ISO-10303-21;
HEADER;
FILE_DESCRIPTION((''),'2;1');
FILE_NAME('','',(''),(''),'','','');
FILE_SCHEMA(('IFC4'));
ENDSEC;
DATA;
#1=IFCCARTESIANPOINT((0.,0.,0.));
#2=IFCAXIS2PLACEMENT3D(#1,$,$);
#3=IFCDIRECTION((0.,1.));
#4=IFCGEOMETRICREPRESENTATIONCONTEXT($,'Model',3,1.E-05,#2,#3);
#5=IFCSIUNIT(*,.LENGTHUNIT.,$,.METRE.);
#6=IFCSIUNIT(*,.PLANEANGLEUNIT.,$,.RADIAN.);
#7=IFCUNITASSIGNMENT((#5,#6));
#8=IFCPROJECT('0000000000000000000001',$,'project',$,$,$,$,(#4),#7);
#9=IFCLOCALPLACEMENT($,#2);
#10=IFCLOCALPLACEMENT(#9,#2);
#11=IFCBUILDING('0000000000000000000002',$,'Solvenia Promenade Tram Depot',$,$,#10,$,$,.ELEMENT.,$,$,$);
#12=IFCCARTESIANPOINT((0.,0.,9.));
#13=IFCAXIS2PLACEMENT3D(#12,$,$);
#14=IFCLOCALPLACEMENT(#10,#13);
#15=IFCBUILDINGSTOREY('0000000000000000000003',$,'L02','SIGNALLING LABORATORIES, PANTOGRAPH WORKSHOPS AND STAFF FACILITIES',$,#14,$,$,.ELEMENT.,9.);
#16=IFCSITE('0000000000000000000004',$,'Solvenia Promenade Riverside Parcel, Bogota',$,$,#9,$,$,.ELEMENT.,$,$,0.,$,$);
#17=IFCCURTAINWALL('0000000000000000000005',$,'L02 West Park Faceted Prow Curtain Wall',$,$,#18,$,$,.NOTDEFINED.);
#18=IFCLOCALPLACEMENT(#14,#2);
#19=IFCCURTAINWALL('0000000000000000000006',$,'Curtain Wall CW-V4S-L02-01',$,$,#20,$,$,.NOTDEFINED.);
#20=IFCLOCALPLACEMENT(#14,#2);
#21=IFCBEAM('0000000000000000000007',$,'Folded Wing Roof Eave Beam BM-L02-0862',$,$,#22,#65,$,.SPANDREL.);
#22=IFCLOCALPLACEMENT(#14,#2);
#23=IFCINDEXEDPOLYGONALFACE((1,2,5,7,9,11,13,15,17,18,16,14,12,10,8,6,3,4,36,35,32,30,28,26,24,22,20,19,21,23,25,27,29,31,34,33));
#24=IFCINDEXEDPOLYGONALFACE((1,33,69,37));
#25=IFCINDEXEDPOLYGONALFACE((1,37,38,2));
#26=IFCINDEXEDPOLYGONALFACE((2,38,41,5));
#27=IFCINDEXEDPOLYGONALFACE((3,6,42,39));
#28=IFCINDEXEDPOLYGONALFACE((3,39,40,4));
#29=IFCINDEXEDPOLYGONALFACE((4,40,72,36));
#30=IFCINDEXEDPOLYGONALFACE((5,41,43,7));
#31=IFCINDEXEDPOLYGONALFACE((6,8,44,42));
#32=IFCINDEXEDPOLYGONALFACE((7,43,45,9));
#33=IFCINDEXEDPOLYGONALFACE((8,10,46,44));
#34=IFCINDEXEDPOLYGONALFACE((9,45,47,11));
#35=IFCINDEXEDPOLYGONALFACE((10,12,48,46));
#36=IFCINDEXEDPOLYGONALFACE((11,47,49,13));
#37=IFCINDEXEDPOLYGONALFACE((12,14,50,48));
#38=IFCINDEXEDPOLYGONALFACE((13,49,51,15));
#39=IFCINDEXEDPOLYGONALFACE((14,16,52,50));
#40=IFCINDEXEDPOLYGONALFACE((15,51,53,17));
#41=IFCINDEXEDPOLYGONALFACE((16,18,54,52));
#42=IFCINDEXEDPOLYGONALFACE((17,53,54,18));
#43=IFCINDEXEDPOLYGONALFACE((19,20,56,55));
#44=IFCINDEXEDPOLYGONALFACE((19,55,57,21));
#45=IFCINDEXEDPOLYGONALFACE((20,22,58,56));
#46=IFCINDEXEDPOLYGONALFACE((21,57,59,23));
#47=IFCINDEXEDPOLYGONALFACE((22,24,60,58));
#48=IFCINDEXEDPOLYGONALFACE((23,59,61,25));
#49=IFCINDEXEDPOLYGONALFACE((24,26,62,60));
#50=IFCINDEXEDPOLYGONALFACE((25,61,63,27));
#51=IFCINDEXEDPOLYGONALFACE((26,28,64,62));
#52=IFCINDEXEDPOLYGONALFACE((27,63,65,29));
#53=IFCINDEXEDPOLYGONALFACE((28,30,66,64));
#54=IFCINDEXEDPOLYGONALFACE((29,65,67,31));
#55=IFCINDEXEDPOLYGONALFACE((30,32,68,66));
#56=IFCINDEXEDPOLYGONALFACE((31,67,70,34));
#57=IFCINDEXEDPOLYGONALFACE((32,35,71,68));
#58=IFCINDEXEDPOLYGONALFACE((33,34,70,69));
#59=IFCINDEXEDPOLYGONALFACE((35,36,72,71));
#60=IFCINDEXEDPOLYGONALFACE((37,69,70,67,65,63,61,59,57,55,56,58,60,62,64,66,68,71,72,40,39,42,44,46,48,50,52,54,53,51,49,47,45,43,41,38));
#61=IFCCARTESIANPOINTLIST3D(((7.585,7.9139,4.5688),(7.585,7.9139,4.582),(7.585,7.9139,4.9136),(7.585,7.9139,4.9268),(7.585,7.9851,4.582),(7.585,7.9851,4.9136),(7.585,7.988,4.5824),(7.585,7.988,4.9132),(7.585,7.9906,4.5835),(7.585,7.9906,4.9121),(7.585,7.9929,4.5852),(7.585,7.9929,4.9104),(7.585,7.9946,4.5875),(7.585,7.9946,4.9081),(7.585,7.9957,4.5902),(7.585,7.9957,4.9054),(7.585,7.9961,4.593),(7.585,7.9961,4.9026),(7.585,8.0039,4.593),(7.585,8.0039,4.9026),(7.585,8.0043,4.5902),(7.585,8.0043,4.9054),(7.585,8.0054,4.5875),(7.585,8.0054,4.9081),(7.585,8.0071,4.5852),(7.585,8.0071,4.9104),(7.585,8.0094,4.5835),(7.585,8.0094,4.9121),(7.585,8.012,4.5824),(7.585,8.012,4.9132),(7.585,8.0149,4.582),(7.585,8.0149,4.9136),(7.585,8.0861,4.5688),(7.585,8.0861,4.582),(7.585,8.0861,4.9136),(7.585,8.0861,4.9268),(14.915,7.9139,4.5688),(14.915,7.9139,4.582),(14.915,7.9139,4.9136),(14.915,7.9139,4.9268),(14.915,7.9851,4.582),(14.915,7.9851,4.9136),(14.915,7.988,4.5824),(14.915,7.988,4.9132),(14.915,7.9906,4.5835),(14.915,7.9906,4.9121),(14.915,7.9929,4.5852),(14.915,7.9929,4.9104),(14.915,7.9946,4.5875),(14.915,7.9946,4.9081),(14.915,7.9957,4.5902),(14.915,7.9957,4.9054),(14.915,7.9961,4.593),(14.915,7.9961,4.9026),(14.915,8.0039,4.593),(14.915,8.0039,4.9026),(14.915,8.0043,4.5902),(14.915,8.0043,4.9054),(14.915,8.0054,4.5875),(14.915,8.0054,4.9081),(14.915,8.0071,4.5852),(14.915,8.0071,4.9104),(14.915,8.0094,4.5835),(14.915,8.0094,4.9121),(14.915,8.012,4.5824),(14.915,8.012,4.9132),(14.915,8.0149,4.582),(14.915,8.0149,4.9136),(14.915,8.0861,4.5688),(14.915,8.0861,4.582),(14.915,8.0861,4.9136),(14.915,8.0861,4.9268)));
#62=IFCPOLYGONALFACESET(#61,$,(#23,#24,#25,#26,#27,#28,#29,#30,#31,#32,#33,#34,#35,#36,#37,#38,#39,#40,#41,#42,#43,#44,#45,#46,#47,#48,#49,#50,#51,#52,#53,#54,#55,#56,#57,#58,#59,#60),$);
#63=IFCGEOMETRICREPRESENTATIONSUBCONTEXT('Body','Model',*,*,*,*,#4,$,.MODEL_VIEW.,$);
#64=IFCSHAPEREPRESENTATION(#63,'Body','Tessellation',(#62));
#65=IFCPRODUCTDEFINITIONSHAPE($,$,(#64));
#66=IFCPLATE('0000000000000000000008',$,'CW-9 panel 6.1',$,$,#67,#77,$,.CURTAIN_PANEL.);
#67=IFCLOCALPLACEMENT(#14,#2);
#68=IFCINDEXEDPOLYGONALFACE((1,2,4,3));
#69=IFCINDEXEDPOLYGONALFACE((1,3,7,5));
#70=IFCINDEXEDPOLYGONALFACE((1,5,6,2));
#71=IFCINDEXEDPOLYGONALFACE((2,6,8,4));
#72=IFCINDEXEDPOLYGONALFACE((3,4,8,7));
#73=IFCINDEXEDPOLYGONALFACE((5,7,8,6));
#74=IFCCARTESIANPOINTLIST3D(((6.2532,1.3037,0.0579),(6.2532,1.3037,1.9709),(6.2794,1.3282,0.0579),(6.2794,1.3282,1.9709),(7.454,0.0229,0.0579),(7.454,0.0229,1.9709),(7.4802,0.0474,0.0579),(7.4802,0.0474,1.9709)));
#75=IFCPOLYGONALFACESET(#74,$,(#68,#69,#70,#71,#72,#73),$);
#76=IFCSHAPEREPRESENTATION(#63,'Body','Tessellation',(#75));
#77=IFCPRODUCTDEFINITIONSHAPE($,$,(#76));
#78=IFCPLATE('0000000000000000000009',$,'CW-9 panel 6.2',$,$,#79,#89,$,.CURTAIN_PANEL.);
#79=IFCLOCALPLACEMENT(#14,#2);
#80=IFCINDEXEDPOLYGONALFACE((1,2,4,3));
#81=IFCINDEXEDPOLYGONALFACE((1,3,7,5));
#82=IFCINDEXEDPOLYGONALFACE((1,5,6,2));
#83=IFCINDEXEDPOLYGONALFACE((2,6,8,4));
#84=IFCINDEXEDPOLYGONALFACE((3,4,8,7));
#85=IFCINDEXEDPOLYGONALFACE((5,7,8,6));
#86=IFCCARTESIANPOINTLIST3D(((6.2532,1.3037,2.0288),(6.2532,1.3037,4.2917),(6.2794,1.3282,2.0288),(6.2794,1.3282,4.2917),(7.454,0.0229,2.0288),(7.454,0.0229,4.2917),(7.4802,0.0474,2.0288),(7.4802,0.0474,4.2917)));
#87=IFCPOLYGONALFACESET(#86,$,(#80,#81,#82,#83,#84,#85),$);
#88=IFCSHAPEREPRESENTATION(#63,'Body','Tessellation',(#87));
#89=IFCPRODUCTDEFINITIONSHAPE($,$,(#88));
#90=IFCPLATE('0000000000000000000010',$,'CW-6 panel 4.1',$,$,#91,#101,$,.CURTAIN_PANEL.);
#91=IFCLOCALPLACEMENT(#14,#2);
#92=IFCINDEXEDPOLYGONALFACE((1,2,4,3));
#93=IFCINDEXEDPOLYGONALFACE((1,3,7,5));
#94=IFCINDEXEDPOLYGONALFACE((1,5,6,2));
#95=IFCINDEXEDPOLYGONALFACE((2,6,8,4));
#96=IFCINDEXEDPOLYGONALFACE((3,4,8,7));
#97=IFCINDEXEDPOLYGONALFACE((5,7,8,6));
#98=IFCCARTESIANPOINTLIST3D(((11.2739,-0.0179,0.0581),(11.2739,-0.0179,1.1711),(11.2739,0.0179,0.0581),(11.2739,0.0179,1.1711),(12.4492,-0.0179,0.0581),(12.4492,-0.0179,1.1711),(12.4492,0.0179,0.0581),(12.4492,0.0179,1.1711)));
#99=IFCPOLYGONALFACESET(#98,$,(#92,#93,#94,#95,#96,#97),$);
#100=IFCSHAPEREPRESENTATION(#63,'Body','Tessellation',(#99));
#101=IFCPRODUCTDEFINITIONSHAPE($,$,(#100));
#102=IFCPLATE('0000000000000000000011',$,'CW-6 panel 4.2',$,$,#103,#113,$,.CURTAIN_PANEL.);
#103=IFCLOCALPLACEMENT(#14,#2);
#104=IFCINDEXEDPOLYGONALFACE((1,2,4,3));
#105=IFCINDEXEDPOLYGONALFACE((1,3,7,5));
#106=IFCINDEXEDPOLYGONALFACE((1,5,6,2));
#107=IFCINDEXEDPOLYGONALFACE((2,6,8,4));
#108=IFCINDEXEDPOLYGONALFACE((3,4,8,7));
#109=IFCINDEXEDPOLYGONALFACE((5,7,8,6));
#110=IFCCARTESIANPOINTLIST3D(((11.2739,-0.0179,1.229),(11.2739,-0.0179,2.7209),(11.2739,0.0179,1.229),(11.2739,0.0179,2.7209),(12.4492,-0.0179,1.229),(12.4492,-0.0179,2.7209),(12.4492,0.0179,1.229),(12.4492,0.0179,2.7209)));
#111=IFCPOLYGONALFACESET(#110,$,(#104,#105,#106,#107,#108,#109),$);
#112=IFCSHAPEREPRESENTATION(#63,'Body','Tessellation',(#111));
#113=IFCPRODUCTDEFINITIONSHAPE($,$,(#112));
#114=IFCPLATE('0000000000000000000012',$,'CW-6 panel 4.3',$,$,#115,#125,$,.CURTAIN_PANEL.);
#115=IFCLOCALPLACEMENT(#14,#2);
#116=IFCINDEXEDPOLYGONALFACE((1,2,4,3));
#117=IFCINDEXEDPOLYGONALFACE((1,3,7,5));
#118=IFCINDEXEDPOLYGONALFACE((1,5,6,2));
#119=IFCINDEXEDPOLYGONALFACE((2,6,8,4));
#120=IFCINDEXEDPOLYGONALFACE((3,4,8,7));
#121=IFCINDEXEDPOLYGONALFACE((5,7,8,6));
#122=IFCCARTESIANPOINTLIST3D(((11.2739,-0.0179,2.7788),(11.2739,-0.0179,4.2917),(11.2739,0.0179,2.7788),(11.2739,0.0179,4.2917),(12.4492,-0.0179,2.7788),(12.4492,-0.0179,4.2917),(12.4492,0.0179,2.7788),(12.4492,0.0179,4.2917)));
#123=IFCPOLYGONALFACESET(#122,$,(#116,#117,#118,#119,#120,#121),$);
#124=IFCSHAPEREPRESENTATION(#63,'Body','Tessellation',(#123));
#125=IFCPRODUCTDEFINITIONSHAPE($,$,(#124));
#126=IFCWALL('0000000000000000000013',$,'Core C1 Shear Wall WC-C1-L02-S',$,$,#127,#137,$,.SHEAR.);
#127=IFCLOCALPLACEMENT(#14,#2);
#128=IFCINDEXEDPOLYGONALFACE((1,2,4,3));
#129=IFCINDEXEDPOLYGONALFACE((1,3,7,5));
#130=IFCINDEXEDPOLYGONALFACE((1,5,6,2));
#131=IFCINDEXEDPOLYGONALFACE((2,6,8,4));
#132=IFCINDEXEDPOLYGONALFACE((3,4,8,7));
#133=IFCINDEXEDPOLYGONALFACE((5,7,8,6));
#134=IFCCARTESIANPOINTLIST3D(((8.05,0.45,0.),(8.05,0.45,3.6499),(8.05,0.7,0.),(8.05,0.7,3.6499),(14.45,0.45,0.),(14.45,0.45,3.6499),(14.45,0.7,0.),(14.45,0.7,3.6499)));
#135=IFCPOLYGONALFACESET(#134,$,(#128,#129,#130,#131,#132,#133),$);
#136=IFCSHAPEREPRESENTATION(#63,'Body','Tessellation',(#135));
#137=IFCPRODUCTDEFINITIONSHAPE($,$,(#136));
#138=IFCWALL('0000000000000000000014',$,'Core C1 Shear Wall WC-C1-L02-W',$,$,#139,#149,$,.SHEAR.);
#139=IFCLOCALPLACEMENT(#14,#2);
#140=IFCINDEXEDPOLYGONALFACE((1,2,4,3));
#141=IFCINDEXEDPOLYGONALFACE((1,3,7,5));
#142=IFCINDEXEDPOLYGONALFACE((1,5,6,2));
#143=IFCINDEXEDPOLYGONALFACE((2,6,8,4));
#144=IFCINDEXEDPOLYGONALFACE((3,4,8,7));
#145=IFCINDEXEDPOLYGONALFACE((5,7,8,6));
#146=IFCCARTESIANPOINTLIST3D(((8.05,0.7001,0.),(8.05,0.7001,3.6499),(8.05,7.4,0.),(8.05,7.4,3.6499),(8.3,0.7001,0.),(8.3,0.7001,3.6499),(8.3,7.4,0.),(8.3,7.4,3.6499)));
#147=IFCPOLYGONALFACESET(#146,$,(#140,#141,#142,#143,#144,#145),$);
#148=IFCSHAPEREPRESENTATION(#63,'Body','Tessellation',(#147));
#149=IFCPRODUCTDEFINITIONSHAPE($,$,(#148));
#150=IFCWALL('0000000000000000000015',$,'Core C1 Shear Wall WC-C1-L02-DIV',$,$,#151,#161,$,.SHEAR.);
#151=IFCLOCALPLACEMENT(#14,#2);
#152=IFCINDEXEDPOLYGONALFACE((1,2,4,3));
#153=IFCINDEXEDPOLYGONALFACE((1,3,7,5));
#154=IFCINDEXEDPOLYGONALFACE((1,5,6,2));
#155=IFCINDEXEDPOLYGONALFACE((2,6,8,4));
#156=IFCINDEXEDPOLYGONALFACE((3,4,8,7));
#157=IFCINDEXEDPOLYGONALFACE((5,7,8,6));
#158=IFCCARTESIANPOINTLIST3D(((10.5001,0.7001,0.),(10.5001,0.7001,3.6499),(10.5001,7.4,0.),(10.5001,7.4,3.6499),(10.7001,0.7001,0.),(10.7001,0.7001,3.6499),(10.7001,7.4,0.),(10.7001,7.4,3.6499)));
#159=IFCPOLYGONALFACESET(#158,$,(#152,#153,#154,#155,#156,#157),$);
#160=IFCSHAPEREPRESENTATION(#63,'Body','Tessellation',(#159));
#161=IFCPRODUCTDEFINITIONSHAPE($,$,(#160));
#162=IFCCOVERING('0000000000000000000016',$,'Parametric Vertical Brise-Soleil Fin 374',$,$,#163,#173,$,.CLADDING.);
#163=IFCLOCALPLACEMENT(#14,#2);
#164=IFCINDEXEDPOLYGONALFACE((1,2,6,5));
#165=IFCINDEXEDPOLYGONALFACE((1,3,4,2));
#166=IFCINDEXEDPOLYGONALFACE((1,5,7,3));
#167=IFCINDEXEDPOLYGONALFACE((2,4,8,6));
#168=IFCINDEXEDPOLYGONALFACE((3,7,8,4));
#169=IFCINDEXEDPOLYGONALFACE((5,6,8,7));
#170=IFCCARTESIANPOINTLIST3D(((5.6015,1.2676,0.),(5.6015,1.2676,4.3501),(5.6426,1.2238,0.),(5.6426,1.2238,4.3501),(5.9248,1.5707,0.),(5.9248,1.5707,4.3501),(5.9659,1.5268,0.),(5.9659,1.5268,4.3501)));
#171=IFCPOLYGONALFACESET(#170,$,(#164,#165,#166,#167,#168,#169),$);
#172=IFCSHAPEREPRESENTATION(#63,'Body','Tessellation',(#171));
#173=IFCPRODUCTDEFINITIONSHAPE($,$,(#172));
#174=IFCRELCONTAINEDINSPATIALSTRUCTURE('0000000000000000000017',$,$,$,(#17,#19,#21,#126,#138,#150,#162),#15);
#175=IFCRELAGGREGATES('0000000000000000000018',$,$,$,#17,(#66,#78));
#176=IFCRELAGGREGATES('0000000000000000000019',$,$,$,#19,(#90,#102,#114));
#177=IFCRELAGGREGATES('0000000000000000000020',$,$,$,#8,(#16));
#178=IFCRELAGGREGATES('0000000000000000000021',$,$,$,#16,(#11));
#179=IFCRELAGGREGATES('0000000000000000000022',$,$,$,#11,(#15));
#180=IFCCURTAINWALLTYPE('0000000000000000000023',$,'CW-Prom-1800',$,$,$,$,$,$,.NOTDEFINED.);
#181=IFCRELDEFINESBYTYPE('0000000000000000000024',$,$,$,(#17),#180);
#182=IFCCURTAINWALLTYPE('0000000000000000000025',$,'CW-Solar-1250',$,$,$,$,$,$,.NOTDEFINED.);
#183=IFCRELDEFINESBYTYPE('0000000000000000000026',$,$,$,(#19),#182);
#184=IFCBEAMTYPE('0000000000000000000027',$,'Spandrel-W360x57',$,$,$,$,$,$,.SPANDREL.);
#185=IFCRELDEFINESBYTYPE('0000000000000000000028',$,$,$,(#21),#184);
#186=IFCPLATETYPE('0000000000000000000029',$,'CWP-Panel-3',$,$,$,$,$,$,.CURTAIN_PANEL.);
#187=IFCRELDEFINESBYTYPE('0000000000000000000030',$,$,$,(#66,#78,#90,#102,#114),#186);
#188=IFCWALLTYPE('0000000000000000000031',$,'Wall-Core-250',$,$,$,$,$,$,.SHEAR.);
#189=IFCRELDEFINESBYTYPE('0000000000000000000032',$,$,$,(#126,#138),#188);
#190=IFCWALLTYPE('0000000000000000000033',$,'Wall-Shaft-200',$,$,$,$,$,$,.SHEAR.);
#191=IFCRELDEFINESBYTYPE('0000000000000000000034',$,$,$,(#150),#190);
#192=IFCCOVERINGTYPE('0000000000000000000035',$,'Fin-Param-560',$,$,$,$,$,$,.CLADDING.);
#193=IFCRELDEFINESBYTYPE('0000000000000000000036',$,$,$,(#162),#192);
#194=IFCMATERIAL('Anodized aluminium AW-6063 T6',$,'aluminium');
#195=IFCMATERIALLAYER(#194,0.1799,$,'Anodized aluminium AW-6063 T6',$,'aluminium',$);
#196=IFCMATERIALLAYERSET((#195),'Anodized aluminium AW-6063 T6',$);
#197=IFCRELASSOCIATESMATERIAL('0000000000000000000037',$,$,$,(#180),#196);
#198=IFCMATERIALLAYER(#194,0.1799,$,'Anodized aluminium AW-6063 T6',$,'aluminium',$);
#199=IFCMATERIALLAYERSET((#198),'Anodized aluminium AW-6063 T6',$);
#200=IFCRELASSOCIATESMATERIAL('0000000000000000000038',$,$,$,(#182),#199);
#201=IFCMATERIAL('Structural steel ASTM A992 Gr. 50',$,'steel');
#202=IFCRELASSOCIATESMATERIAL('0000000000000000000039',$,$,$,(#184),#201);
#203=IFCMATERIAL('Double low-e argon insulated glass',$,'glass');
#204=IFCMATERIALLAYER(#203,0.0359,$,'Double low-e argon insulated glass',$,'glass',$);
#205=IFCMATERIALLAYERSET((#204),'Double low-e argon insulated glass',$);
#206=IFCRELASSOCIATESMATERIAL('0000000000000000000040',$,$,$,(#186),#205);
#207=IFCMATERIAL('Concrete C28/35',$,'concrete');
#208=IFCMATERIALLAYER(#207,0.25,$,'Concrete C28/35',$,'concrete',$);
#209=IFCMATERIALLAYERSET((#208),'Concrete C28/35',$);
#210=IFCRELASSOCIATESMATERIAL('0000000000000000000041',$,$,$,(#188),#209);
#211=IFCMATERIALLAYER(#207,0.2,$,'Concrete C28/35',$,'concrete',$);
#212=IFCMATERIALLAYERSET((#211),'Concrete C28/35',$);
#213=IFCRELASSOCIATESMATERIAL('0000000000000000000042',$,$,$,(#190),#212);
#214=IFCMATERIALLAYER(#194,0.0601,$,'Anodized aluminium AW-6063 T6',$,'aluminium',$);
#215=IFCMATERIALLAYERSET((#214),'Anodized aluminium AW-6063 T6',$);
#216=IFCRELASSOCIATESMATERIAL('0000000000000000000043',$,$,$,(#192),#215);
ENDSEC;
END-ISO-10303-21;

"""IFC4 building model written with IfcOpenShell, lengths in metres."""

from ifc_helpers import new_model, si_unit, direction, frame, frame_2d, origin, origin_2d, place, context, subcontext, project, spatial, rectangle, i_section, extrude, material, layer, layer_set, material_profile, profile_set, type_object, element, aggregate, save


model = new_model("IFC4")

# Units and contexts
model_context = context("Model", 3, precision=1e-05, world=origin(), true_north=direction((0.0, 1.0)))
body_context = subcontext(model_context, "Body", "Model", "MODEL_VIEW")
ifc_project = project(units=[si_unit("LENGTHUNIT", "METRE"), si_unit("PLANEANGLEUNIT", "RADIAN")], contexts=[model_context])

# Site, building, storey
site_placement = place(None, origin())
site = spatial("IfcSite", under=ifc_project, at=site_placement, Name="Solvenia Promenade Riverside Parcel, Bogota", CompositionType="ELEMENT", RefElevation=0.0)
building_placement = place(site_placement, origin())
building = spatial("IfcBuilding", under=site, at=building_placement, Name="Solvenia Promenade Tram Depot", CompositionType="ELEMENT")
storey_placement = place(building_placement, frame((0.0, 0.0, 9.0)))
storey = spatial("IfcBuildingStorey", under=building, at=storey_placement, Name="L02", Description="SIGNALLING LABORATORIES, PANTOGRAPH WORKSHOPS AND STAFF FACILITIES", CompositionType="ELEMENT", Elevation=9.0)

# Shared definitions
ifc_material_1 = material(Name="Structural steel ASTM A992 Gr. 50", Category="steel")

# Curtain walls
ifc_material_2 = material(Name="Anodized aluminium AW-6063 T6", Category="aluminium")
ifc_layer_1 = layer(ifc_material_2, 0.1799, Name="Anodized aluminium AW-6063 T6", Category="aluminium")
ifc_layer_set_1 = layer_set([ifc_layer_1], Name="Anodized aluminium AW-6063 T6")
curtain_wall_type_1 = type_object("IfcCurtainWallType", Name="CW-Prom-1800", PredefinedType="NOTDEFINED", material=ifc_layer_set_1)
curtain_wall_1_placement = place(storey_placement, origin())
curtain_wall_1 = element("IfcCurtainWall", 1, at=curtain_wall_1_placement, inside=storey, type_object=curtain_wall_type_1, Name="L02 West Park Faceted Prow Curtain Wall", PredefinedType="NOTDEFINED")
ifc_layer_2 = layer(ifc_material_2, 0.1799, Name="Anodized aluminium AW-6063 T6", Category="aluminium")
ifc_layer_set_2 = layer_set([ifc_layer_2], Name="Anodized aluminium AW-6063 T6")
curtain_wall_type_2 = type_object("IfcCurtainWallType", Name="CW-Solar-1250", PredefinedType="NOTDEFINED", material=ifc_layer_set_2)
curtain_wall_2_placement = place(storey_placement, origin())
curtain_wall_2 = element("IfcCurtainWall", 2, at=curtain_wall_2_placement, inside=storey, type_object=curtain_wall_type_2, Name="Curtain Wall CW-V4S-L02-01", PredefinedType="NOTDEFINED")

# Beam
ifc_material_profile_1 = material_profile(ifc_material_1, i_section(OverallWidth=0.1721, OverallDepth=0.3579, WebThickness=0.0078, FlangeThickness=0.0132, FilletRadius=0.011, at=origin_2d()), Name="W360x57", Category="steel")
ifc_profile_set_1 = profile_set([ifc_material_profile_1], Name="Structural steel ASTM A992 Gr. 50")
beam_type_1 = type_object("IfcBeamType", Name="Spandrel-W360x57", PredefinedType="SPANDREL", material=ifc_profile_set_1)
beam_1_placement = place(storey_placement, frame((7.585, 8.0, 4.7478), z_axis=(1.0, 0.0, 0.0), x_axis=(0.0, 1.0, 0.0)))
element("IfcBeam", 3, at=beam_1_placement, inside=storey, type_object=beam_type_1, Name="Folded Wing Roof Eave Beam BM-L02-0862", PredefinedType="SPANDREL", context=body_context, shape_type="SweptSolid", body=[
    extrude(i_section(OverallWidth=0.1721, OverallDepth=0.3579, WebThickness=0.0078, FlangeThickness=0.0132, FilletRadius=0.011, at=origin_2d()), origin(), (0.0, 0.0, 1.0), 7.3301),
])

# Plates
ifc_material_3 = material(Name="Double low-e argon insulated glass", Category="glass")
ifc_layer_3 = layer(ifc_material_3, 0.0359, Name="Double low-e argon insulated glass", Category="glass")
ifc_layer_set_3 = layer_set([ifc_layer_3], Name="Double low-e argon insulated glass")
plate_type = type_object("IfcPlateType", Name="CWP-Panel-3", PredefinedType="CURTAIN_PANEL", material=ifc_layer_set_3)
plate_1_placement = place(storey_placement, frame((6.8667, 0.6755, 0.0579), z_axis=(0.0, 0.0, 1.0), x_axis=(0.683941, -0.729537, 0.0)))
plate_1 = element("IfcPlate", 4, at=plate_1_placement, type_object=plate_type, Name="CW-9 panel 6.1", PredefinedType="CURTAIN_PANEL", context=body_context, shape_type="SweptSolid", body=[
    extrude(rectangle(XDim=1.7556, YDim=0.0359, at=origin_2d()), origin(), (0.0, 0.0, 1.0), 1.9131),
])
plate_2_placement = place(storey_placement, frame((6.8667, 0.6755, 2.0288), z_axis=(0.0, 0.0, 1.0), x_axis=(0.683941, -0.729537, 0.0)))
plate_2 = element("IfcPlate", 5, at=plate_2_placement, type_object=plate_type, Name="CW-9 panel 6.2", PredefinedType="CURTAIN_PANEL", context=body_context, shape_type="SweptSolid", body=[
    extrude(rectangle(XDim=1.7556, YDim=0.0359, at=origin_2d()), origin(), (0.0, 0.0, 1.0), 2.2629),
])
aggregate(curtain_wall_1, [plate_1, plate_2])
plate_3_placement = place(storey_placement, frame((11.8616, 0.0, 0.0581), z_axis=(0.0, 0.0, 1.0), x_axis=(1.0, 0.0, 0.0)))
plate_3 = element("IfcPlate", 6, at=plate_3_placement, type_object=plate_type, Name="CW-6 panel 4.1", PredefinedType="CURTAIN_PANEL", context=body_context, shape_type="SweptSolid", body=[
    extrude(rectangle(XDim=1.1753, YDim=0.0359, at=origin_2d()), origin(), (0.0, 0.0, 1.0), 1.113),
])
plate_4_placement = place(storey_placement, frame((11.8616, 0.0, 1.229), z_axis=(0.0, 0.0, 1.0), x_axis=(1.0, 0.0, 0.0)))
plate_4 = element("IfcPlate", 7, at=plate_4_placement, type_object=plate_type, Name="CW-6 panel 4.2", PredefinedType="CURTAIN_PANEL", context=body_context, shape_type="SweptSolid", body=[
    extrude(rectangle(XDim=1.1753, YDim=0.0359, at=origin_2d()), origin(), (0.0, 0.0, 1.0), 1.4919),
])
plate_5_placement = place(storey_placement, frame((11.8616, 0.0, 2.7788), z_axis=(0.0, 0.0, 1.0), x_axis=(1.0, 0.0, 0.0)))
plate_5 = element("IfcPlate", 8, at=plate_5_placement, type_object=plate_type, Name="CW-6 panel 4.3", PredefinedType="CURTAIN_PANEL", context=body_context, shape_type="SweptSolid", body=[
    extrude(rectangle(XDim=1.1753, YDim=0.0359, at=origin_2d()), origin(), (0.0, 0.0, 1.0), 1.5129),
])
aggregate(curtain_wall_2, [plate_3, plate_4, plate_5])

# Wall
ifc_material_4 = material(Name="Concrete C28/35", Category="concrete")
ifc_layer_4 = layer(ifc_material_4, 0.25, Name="Concrete C28/35", Category="concrete")
ifc_layer_set_4 = layer_set([ifc_layer_4], Name="Concrete C28/35")
wall_type_1 = type_object("IfcWallType", Name="Wall-Core-250", PredefinedType="SHEAR", material=ifc_layer_set_4)
wall_1_placement = place(storey_placement, frame((8.05, 0.575, 0.0), z_axis=(0.0, 0.0, 1.0), x_axis=(1.0, 0.0, 0.0)))
element("IfcWall", 9, at=wall_1_placement, inside=storey, type_object=wall_type_1, Name="Core C1 Shear Wall WC-C1-L02-S", PredefinedType="SHEAR", context=body_context, shape_type="SweptSolid", body=[
    extrude(rectangle(XDim=6.3999, YDim=0.25, at=frame_2d((3.2, 0.0))), origin(), (0.0, 0.0, 1.0), 3.6499),
])

# Walls
wall_2_placement = place(storey_placement, frame((8.175, 0.7, 0.0), z_axis=(0.0, 0.0, 1.0), x_axis=(0.0, 1.0, 0.0)))
element("IfcWall", 10, at=wall_2_placement, inside=storey, type_object=wall_type_1, Name="Core C1 Shear Wall WC-C1-L02-W", PredefinedType="SHEAR", context=body_context, shape_type="SweptSolid", body=[
    extrude(rectangle(XDim=6.7, YDim=0.25, at=frame_2d((3.3501, 0.0))), origin(), (0.0, 0.0, 1.0), 3.6499),
])
ifc_layer_5 = layer(ifc_material_4, 0.2, Name="Concrete C28/35", Category="concrete")
ifc_layer_set_5 = layer_set([ifc_layer_5], Name="Concrete C28/35")
wall_type_2 = type_object("IfcWallType", Name="Wall-Shaft-200", PredefinedType="SHEAR", material=ifc_layer_set_5)
wall_3_placement = place(storey_placement, frame((10.6001, 0.7, 0.0), z_axis=(0.0, 0.0, 1.0), x_axis=(0.0, 1.0, 0.0)))
element("IfcWall", 11, at=wall_3_placement, inside=storey, type_object=wall_type_2, Name="Core C1 Shear Wall WC-C1-L02-DIV", PredefinedType="SHEAR", context=body_context, shape_type="SweptSolid", body=[
    extrude(rectangle(XDim=6.7, YDim=0.2, at=frame_2d((3.3501, 0.0))), origin(), (0.0, 0.0, 1.0), 3.6499),
])

# Covering
ifc_layer_6 = layer(ifc_material_2, 0.0601, Name="Anodized aluminium AW-6063 T6", Category="aluminium")
ifc_layer_set_6 = layer_set([ifc_layer_6], Name="Anodized aluminium AW-6063 T6")
covering_type = type_object("IfcCoveringType", Name="Fin-Param-560", PredefinedType="CLADDING", material=ifc_layer_set_6)
covering_placement = place(storey_placement, frame((5.7837, 1.3972, 0.0), z_axis=(0.0, 0.0, 1.0), x_axis=(0.683911, -0.729566, 0.0)))
element("IfcCovering", 12, at=covering_placement, inside=storey, type_object=covering_type, Name="Parametric Vertical Brise-Soleil Fin 374", PredefinedType="CLADDING", context=body_context, shape_type="SweptSolid", body=[
    extrude(rectangle(XDim=0.0601, YDim=0.4431, at=origin_2d()), origin(), (0.0, 0.0, 1.0), 4.3501),
])

save(model, "model.ifc")
